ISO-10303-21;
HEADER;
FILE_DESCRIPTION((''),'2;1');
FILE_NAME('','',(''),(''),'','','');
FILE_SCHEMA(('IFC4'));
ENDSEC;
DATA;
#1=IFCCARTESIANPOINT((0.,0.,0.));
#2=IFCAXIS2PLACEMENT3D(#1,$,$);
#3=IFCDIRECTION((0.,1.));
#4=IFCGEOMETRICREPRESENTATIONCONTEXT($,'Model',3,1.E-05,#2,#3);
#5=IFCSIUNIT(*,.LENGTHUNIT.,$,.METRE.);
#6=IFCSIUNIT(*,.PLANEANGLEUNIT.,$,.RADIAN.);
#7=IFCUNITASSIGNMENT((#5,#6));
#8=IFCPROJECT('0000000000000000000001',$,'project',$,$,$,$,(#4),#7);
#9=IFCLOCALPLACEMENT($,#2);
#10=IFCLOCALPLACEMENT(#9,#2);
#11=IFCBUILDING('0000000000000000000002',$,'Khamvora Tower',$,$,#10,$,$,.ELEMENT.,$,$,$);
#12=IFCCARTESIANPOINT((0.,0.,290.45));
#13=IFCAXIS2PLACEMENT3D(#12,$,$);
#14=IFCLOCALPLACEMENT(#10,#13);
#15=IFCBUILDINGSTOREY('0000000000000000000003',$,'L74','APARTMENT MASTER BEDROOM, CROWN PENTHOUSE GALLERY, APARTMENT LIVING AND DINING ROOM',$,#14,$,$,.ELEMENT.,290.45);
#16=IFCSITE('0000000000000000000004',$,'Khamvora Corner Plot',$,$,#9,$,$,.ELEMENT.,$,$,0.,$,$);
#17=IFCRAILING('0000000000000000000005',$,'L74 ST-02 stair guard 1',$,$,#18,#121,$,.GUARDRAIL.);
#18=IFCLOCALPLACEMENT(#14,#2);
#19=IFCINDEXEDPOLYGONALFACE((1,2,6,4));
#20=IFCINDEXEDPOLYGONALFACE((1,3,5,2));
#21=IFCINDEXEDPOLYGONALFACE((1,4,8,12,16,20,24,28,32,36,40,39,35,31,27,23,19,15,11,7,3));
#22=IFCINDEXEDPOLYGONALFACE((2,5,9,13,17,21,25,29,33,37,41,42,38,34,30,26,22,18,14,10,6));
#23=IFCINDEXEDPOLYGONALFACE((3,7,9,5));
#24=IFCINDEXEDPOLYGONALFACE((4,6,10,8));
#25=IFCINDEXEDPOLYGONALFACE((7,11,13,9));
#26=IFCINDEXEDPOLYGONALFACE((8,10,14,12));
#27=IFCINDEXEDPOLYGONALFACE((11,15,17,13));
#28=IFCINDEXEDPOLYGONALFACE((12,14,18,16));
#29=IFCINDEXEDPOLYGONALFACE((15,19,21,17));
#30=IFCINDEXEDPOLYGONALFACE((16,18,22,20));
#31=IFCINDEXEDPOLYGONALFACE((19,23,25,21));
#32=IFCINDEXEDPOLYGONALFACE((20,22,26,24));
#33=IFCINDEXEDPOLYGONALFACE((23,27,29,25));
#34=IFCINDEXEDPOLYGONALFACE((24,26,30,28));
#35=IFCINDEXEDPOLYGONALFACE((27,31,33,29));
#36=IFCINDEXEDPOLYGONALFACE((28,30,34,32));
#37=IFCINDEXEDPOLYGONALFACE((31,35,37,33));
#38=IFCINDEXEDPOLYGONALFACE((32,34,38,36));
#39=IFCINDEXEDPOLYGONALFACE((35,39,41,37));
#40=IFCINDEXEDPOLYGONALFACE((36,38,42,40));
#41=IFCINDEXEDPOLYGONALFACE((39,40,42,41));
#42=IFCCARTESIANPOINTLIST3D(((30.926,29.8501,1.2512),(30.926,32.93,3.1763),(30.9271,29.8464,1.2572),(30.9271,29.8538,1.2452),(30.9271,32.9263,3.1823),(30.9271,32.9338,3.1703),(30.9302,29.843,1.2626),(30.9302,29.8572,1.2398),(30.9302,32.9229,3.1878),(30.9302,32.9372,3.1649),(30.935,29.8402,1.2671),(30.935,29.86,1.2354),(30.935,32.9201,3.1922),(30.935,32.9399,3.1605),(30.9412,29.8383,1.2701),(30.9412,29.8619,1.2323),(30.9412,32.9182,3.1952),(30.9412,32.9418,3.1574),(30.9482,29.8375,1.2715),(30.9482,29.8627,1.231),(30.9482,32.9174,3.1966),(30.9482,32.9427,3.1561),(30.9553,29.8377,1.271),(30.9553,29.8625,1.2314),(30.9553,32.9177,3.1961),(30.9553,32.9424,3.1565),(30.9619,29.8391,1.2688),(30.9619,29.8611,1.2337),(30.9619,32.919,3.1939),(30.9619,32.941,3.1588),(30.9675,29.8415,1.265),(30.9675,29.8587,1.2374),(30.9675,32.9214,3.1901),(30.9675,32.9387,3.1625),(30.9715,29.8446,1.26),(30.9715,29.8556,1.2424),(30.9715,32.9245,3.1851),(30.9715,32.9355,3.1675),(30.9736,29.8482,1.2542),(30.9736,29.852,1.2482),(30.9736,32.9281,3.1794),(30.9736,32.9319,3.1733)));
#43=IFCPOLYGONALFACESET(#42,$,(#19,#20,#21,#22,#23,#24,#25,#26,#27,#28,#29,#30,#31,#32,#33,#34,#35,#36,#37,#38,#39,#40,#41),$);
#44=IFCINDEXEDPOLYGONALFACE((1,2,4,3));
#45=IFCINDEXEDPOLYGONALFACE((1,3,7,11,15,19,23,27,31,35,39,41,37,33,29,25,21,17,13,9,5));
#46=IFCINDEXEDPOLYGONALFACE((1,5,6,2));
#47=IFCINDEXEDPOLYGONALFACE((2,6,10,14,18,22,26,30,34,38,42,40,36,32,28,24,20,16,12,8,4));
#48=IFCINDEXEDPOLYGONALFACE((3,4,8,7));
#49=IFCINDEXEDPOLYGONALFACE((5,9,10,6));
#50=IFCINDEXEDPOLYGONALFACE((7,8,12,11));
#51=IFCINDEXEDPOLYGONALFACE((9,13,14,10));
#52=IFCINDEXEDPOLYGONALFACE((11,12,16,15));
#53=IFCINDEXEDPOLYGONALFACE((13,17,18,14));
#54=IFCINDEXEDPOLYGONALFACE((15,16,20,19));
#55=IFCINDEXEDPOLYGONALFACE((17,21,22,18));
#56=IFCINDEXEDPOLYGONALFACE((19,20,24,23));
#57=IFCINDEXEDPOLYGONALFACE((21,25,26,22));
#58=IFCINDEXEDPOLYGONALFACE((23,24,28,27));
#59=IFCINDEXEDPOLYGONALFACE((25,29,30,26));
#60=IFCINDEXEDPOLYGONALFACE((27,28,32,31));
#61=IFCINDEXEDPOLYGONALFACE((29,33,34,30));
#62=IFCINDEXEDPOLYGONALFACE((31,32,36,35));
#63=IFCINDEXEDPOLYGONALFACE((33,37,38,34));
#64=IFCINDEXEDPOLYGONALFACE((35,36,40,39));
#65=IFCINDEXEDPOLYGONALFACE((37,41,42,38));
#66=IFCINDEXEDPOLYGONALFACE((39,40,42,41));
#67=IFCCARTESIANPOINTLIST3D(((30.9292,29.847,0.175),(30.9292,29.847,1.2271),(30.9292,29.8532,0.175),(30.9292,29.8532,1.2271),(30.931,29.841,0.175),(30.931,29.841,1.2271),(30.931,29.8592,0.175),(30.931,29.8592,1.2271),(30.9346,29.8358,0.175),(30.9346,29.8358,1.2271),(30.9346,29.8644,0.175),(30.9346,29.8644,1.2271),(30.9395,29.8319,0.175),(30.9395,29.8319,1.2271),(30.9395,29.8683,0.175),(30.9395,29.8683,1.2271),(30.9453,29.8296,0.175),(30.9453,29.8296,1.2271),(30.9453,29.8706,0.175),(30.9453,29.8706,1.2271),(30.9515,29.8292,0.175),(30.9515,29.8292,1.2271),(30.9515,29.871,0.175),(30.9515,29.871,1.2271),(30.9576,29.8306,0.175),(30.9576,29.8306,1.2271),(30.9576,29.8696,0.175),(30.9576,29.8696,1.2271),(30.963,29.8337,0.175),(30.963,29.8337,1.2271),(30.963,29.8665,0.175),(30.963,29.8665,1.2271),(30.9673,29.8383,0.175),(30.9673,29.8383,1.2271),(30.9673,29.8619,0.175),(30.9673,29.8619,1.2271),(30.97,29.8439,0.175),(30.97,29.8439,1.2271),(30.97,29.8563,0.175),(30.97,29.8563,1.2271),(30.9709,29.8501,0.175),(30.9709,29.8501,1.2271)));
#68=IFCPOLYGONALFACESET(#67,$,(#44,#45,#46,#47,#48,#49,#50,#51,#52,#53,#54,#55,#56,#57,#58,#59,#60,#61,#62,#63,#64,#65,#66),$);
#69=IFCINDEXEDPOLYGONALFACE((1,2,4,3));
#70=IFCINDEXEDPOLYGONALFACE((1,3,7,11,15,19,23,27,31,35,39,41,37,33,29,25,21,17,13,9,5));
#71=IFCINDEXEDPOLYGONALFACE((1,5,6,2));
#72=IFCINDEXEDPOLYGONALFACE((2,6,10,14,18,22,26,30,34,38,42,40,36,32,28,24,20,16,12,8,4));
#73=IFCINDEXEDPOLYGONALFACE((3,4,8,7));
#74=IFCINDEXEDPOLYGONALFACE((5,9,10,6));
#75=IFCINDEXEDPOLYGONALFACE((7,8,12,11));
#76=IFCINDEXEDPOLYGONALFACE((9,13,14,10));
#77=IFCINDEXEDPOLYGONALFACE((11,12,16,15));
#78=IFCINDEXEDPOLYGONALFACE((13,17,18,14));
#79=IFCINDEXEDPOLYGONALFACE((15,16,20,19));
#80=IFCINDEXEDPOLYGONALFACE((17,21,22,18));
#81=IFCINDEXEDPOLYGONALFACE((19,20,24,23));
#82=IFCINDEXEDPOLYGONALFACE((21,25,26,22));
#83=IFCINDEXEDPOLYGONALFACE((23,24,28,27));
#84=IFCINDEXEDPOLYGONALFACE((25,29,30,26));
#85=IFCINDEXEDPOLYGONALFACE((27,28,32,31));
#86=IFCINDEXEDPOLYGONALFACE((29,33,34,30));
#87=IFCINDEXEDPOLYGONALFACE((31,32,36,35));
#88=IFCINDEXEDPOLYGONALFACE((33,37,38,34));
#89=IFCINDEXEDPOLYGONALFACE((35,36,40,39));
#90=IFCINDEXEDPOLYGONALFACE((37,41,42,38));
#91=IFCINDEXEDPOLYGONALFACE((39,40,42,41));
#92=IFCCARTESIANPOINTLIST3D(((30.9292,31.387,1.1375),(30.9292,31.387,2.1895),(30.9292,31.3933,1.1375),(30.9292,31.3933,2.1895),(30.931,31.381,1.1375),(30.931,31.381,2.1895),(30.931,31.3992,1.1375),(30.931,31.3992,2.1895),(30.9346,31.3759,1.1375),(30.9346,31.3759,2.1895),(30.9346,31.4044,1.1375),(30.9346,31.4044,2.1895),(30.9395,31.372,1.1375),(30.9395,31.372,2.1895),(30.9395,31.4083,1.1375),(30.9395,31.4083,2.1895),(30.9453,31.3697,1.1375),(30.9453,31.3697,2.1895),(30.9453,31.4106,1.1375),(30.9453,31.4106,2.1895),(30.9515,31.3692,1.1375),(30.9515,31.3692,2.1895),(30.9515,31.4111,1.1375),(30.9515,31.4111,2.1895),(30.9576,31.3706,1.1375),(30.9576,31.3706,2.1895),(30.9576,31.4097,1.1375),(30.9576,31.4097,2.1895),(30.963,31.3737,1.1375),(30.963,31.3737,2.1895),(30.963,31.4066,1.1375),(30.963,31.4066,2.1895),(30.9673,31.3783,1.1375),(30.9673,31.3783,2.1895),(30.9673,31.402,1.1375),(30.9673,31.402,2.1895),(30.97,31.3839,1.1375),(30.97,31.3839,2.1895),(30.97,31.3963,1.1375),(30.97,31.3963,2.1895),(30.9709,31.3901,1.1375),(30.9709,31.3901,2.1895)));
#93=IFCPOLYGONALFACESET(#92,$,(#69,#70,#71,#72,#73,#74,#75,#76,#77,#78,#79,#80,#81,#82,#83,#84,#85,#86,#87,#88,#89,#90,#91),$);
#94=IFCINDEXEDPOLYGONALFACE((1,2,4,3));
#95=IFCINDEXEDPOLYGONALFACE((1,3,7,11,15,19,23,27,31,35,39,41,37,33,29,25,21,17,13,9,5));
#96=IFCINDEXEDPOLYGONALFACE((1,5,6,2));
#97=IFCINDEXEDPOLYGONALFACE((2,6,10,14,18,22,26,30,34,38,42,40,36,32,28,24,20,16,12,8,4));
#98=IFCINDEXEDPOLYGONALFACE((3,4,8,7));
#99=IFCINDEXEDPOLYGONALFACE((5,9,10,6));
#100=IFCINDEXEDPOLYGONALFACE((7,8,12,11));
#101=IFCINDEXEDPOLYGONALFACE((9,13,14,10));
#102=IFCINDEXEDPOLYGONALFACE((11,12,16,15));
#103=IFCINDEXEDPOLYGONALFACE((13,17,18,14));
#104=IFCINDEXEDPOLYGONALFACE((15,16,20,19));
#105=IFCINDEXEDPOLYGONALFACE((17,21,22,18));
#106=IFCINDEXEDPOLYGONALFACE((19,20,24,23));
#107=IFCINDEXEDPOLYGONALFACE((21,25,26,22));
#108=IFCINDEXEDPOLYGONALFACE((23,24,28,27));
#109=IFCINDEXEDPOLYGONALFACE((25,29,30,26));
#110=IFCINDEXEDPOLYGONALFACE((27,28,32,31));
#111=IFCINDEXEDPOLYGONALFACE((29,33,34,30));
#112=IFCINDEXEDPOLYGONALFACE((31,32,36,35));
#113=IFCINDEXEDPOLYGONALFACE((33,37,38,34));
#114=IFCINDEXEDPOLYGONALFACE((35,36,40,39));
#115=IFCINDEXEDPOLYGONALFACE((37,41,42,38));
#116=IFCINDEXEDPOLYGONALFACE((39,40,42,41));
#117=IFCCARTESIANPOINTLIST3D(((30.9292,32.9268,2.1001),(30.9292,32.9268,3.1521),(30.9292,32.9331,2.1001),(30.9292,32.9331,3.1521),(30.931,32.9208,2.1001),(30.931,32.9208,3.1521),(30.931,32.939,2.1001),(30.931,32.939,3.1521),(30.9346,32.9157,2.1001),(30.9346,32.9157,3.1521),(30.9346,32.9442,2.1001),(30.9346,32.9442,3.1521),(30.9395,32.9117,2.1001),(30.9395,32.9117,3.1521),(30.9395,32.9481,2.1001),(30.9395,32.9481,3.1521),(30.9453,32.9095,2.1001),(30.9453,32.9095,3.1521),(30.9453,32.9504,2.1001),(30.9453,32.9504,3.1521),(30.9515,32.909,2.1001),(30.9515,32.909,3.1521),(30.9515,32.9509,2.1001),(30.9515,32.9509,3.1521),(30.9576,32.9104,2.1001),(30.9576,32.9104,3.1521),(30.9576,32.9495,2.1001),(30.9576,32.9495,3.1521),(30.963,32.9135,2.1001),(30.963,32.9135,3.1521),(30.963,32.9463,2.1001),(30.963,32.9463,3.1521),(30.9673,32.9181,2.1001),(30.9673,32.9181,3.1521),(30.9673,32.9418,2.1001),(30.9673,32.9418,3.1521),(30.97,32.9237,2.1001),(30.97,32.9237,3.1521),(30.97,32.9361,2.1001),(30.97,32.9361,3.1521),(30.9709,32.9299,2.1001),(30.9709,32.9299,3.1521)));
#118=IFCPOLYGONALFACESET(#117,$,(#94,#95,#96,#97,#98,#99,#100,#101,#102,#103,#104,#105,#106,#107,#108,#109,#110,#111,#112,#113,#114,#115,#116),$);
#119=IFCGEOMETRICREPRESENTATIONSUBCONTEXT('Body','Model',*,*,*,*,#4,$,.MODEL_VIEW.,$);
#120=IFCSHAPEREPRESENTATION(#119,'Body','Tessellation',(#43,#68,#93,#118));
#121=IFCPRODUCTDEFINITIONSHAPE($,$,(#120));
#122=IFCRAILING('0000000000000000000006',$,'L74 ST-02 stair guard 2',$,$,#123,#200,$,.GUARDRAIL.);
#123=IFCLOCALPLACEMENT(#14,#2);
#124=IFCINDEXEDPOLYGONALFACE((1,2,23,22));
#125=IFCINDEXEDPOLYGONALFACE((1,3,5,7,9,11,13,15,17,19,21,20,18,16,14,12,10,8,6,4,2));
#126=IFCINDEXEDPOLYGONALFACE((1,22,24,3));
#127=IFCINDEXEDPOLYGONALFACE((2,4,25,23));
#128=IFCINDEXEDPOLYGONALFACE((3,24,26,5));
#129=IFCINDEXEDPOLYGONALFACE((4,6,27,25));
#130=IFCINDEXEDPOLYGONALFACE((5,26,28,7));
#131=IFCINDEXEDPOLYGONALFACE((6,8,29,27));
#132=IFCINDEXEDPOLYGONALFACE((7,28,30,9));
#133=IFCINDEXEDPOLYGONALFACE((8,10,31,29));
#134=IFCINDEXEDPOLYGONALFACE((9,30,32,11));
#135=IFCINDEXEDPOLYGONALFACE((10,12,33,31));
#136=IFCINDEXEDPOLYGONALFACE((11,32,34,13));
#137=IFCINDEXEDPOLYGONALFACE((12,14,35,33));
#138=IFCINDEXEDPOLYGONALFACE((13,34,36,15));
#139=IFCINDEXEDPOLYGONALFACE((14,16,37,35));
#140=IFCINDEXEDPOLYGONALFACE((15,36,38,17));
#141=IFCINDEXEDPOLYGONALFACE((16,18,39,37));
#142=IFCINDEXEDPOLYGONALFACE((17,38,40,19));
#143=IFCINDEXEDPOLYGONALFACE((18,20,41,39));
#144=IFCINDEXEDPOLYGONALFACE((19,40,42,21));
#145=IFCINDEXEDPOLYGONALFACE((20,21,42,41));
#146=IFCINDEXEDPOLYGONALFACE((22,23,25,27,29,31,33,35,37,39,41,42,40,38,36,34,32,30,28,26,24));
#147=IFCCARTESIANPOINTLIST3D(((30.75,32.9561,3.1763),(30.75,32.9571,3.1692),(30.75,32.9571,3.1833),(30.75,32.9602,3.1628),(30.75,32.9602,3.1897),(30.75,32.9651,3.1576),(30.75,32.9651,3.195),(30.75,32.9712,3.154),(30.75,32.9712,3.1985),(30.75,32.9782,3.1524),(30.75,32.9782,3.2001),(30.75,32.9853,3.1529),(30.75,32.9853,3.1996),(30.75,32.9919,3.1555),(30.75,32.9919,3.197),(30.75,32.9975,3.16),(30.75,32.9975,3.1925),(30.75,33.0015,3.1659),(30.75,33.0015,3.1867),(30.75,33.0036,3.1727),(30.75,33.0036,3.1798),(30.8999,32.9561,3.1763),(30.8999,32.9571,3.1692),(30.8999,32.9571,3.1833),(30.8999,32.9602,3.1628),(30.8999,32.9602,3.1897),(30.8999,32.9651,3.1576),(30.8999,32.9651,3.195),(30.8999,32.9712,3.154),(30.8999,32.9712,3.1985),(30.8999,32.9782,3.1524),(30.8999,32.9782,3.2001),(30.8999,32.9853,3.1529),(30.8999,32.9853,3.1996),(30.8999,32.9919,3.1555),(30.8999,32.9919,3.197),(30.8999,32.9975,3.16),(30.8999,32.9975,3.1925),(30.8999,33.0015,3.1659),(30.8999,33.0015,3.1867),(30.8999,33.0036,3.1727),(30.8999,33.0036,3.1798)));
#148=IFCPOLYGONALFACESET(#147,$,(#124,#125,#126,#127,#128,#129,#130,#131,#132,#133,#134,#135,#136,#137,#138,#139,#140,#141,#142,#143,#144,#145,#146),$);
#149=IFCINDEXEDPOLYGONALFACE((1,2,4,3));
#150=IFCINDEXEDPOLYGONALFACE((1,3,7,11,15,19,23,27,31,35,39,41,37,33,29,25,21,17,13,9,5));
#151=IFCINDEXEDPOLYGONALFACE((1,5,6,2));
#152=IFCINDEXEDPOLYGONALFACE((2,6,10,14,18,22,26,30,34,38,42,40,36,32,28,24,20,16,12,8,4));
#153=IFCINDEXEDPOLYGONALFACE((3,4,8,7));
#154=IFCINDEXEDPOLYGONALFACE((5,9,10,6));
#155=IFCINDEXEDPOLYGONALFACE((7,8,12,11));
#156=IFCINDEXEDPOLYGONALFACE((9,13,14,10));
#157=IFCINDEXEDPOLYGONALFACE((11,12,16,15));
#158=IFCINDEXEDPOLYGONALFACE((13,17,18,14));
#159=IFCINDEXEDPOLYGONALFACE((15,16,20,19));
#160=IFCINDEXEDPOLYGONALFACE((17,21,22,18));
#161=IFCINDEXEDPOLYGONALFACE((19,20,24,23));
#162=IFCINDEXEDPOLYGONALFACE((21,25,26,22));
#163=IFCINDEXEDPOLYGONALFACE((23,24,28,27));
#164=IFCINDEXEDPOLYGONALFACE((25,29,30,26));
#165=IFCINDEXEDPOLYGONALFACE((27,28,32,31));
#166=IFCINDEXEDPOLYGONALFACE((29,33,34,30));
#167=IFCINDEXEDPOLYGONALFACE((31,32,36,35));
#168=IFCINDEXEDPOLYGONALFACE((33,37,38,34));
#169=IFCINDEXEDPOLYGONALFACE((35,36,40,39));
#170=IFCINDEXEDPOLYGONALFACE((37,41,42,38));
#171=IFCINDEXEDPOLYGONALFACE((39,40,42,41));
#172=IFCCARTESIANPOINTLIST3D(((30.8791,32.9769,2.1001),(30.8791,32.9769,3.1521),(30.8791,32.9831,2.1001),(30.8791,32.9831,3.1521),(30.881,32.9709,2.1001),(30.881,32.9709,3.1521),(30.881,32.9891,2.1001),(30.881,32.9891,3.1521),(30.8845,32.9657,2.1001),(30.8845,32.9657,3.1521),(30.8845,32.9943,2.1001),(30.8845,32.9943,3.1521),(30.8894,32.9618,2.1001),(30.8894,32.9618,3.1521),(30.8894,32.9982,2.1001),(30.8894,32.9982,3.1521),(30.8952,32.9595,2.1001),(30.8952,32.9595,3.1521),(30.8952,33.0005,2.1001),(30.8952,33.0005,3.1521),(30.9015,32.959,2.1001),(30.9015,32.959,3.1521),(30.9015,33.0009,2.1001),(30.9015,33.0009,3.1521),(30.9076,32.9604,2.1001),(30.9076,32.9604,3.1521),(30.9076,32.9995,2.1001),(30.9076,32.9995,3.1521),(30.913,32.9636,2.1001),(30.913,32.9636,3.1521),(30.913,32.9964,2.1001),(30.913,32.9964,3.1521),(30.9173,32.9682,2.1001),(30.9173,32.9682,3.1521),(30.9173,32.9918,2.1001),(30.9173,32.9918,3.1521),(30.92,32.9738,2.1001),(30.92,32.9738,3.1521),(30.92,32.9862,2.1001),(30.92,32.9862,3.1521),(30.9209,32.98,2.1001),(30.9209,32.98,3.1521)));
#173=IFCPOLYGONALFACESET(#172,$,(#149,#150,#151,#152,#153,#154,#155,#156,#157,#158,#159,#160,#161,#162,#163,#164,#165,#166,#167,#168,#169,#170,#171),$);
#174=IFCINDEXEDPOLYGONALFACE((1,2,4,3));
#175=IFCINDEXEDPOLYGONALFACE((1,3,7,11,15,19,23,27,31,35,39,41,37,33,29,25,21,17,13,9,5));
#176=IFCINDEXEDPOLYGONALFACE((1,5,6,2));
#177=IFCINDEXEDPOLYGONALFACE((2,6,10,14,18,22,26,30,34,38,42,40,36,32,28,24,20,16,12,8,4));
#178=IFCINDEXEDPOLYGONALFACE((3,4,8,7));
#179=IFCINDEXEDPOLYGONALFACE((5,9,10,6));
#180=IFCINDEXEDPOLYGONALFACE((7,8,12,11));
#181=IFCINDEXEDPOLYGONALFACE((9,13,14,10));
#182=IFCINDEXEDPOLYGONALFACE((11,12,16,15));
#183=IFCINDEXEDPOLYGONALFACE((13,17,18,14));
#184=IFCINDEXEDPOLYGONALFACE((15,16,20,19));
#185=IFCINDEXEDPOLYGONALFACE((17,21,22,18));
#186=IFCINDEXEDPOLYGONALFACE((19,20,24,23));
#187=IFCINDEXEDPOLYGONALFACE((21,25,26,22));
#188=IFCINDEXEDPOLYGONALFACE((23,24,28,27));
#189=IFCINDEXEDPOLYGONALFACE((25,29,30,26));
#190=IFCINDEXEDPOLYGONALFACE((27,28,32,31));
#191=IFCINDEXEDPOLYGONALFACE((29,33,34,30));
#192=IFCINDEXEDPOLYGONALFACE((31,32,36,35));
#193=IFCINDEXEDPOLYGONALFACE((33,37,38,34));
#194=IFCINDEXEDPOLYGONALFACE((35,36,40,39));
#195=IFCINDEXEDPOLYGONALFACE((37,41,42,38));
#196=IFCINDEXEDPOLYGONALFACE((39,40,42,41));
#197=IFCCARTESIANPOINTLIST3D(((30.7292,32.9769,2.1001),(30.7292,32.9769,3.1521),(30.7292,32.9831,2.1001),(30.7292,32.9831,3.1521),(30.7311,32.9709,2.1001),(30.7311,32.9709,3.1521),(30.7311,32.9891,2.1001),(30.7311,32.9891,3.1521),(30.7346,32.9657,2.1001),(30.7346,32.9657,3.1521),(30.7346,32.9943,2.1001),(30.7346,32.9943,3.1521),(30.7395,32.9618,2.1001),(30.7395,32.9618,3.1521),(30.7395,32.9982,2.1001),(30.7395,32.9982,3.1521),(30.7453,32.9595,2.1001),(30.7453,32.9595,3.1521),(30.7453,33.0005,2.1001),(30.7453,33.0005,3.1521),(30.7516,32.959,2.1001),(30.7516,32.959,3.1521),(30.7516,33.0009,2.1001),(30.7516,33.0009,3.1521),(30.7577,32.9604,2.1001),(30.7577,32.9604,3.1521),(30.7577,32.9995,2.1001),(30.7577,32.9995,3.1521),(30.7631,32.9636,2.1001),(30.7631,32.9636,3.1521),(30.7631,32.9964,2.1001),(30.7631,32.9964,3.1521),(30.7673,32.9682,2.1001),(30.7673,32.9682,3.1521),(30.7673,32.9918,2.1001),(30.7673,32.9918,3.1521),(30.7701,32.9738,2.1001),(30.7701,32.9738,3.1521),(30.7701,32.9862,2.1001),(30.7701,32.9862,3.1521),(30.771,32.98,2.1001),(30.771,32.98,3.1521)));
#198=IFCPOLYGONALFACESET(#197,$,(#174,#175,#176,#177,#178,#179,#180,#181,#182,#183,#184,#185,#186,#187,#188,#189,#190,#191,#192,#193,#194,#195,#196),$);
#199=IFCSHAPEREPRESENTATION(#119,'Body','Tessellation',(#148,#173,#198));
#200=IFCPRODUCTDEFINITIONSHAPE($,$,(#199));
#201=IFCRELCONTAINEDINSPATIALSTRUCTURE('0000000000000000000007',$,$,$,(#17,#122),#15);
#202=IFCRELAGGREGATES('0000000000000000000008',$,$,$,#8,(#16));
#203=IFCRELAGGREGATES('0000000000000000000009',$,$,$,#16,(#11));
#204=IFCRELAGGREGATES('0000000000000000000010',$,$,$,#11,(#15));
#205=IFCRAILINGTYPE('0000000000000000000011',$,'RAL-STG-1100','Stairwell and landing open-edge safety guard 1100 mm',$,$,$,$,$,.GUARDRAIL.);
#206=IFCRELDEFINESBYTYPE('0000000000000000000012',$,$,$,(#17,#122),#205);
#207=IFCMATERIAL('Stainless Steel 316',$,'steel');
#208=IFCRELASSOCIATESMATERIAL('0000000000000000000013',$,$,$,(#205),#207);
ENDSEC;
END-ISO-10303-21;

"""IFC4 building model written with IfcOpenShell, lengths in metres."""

from ifc_helpers import new_model, si_unit, direction, frame, origin, origin_2d, place, context, subcontext, project, spatial, circle, extrude, material, type_object, element, save


model = new_model("IFC4")

# Units and contexts
model_context = context("Model", 3, precision=1e-05, world=origin(), true_north=direction((0.0, 1.0)))
body_context = subcontext(model_context, "Body", "Model", "MODEL_VIEW")
ifc_project = project(units=[si_unit("LENGTHUNIT", "METRE"), si_unit("PLANEANGLEUNIT", "RADIAN")], contexts=[model_context])

# Site, building, storey
site_placement = place(None, origin())
site = spatial("IfcSite", under=ifc_project, at=site_placement, Name="Khamvora Corner Plot", CompositionType="ELEMENT", RefElevation=0.0)
building_placement = place(site_placement, origin())
building = spatial("IfcBuilding", under=site, at=building_placement, Name="Khamvora Tower", CompositionType="ELEMENT")
storey_placement = place(building_placement, frame((0.0, 0.0, 290.45)))
storey = spatial("IfcBuildingStorey", under=building, at=storey_placement, Name="L74", Description="APARTMENT MASTER BEDROOM, CROWN PENTHOUSE GALLERY, APARTMENT LIVING AND DINING ROOM", CompositionType="ELEMENT", Elevation=290.45)

# Railings
ifc_material_1 = material(Name="Stainless Steel 316", Category="steel")
railing_type_1 = type_object("IfcRailingType", Name="RAL-STG-1100", Description="Stairwell and landing open-edge safety guard 1100 mm", PredefinedType="GUARDRAIL", material=ifc_material_1)
railing_1_placement = place(storey_placement, frame((30.95, 29.8501, 0.175)))
element("IfcRailing", 1, at=railing_1_placement, inside=storey, type_object=railing_type_1, Name="L74 ST-02 stair guard 1", PredefinedType="GUARDRAIL", context=body_context, shape_type="SweptSolid", body=[
    extrude(circle(Radius=0.0239, at=origin_2d()), frame((0.0, 0.0, 1.0762), z_axis=(0.0, 0.847979, 0.530029), x_axis=(-1.0, 0.0, 0.0)), (0.0, 0.0, 1.0), 3.6321),
    extrude(circle(Radius=0.021, at=origin_2d()), origin(), (0.0, 0.0, 1.0), 1.052),
    extrude(circle(Radius=0.021, at=origin_2d()), frame((0.0, 1.54, 0.9624)), (0.0, 0.0, 1.0), 1.052),
    extrude(circle(Radius=0.021, at=origin_2d()), frame((0.0, 3.0798, 1.925)), (0.0, 0.0, 1.0), 1.052),
])
railing_2_placement = place(storey_placement, frame((30.8999, 32.98, 2.1001)))
element("IfcRailing", 2, at=railing_2_placement, inside=storey, type_object=railing_type_1, Name="L74 ST-02 stair guard 2", PredefinedType="GUARDRAIL", context=body_context, shape_type="SweptSolid", body=[
    extrude(circle(Radius=0.0239, at=origin_2d()), frame((0.0, 0.0, 1.0762), z_axis=(-1.0, 0.0, 0.0), x_axis=(0.0, -1.0, 0.0)), (0.0, 0.0, 1.0), 0.1499),
    extrude(circle(Radius=0.021, at=origin_2d()), origin(), (0.0, 0.0, 1.0), 1.052),
    extrude(circle(Radius=0.021, at=origin_2d()), frame((-0.1499, 0.0, 0.0)), (0.0, 0.0, 1.0), 1.052),
])

save(model, "model.ifc")
